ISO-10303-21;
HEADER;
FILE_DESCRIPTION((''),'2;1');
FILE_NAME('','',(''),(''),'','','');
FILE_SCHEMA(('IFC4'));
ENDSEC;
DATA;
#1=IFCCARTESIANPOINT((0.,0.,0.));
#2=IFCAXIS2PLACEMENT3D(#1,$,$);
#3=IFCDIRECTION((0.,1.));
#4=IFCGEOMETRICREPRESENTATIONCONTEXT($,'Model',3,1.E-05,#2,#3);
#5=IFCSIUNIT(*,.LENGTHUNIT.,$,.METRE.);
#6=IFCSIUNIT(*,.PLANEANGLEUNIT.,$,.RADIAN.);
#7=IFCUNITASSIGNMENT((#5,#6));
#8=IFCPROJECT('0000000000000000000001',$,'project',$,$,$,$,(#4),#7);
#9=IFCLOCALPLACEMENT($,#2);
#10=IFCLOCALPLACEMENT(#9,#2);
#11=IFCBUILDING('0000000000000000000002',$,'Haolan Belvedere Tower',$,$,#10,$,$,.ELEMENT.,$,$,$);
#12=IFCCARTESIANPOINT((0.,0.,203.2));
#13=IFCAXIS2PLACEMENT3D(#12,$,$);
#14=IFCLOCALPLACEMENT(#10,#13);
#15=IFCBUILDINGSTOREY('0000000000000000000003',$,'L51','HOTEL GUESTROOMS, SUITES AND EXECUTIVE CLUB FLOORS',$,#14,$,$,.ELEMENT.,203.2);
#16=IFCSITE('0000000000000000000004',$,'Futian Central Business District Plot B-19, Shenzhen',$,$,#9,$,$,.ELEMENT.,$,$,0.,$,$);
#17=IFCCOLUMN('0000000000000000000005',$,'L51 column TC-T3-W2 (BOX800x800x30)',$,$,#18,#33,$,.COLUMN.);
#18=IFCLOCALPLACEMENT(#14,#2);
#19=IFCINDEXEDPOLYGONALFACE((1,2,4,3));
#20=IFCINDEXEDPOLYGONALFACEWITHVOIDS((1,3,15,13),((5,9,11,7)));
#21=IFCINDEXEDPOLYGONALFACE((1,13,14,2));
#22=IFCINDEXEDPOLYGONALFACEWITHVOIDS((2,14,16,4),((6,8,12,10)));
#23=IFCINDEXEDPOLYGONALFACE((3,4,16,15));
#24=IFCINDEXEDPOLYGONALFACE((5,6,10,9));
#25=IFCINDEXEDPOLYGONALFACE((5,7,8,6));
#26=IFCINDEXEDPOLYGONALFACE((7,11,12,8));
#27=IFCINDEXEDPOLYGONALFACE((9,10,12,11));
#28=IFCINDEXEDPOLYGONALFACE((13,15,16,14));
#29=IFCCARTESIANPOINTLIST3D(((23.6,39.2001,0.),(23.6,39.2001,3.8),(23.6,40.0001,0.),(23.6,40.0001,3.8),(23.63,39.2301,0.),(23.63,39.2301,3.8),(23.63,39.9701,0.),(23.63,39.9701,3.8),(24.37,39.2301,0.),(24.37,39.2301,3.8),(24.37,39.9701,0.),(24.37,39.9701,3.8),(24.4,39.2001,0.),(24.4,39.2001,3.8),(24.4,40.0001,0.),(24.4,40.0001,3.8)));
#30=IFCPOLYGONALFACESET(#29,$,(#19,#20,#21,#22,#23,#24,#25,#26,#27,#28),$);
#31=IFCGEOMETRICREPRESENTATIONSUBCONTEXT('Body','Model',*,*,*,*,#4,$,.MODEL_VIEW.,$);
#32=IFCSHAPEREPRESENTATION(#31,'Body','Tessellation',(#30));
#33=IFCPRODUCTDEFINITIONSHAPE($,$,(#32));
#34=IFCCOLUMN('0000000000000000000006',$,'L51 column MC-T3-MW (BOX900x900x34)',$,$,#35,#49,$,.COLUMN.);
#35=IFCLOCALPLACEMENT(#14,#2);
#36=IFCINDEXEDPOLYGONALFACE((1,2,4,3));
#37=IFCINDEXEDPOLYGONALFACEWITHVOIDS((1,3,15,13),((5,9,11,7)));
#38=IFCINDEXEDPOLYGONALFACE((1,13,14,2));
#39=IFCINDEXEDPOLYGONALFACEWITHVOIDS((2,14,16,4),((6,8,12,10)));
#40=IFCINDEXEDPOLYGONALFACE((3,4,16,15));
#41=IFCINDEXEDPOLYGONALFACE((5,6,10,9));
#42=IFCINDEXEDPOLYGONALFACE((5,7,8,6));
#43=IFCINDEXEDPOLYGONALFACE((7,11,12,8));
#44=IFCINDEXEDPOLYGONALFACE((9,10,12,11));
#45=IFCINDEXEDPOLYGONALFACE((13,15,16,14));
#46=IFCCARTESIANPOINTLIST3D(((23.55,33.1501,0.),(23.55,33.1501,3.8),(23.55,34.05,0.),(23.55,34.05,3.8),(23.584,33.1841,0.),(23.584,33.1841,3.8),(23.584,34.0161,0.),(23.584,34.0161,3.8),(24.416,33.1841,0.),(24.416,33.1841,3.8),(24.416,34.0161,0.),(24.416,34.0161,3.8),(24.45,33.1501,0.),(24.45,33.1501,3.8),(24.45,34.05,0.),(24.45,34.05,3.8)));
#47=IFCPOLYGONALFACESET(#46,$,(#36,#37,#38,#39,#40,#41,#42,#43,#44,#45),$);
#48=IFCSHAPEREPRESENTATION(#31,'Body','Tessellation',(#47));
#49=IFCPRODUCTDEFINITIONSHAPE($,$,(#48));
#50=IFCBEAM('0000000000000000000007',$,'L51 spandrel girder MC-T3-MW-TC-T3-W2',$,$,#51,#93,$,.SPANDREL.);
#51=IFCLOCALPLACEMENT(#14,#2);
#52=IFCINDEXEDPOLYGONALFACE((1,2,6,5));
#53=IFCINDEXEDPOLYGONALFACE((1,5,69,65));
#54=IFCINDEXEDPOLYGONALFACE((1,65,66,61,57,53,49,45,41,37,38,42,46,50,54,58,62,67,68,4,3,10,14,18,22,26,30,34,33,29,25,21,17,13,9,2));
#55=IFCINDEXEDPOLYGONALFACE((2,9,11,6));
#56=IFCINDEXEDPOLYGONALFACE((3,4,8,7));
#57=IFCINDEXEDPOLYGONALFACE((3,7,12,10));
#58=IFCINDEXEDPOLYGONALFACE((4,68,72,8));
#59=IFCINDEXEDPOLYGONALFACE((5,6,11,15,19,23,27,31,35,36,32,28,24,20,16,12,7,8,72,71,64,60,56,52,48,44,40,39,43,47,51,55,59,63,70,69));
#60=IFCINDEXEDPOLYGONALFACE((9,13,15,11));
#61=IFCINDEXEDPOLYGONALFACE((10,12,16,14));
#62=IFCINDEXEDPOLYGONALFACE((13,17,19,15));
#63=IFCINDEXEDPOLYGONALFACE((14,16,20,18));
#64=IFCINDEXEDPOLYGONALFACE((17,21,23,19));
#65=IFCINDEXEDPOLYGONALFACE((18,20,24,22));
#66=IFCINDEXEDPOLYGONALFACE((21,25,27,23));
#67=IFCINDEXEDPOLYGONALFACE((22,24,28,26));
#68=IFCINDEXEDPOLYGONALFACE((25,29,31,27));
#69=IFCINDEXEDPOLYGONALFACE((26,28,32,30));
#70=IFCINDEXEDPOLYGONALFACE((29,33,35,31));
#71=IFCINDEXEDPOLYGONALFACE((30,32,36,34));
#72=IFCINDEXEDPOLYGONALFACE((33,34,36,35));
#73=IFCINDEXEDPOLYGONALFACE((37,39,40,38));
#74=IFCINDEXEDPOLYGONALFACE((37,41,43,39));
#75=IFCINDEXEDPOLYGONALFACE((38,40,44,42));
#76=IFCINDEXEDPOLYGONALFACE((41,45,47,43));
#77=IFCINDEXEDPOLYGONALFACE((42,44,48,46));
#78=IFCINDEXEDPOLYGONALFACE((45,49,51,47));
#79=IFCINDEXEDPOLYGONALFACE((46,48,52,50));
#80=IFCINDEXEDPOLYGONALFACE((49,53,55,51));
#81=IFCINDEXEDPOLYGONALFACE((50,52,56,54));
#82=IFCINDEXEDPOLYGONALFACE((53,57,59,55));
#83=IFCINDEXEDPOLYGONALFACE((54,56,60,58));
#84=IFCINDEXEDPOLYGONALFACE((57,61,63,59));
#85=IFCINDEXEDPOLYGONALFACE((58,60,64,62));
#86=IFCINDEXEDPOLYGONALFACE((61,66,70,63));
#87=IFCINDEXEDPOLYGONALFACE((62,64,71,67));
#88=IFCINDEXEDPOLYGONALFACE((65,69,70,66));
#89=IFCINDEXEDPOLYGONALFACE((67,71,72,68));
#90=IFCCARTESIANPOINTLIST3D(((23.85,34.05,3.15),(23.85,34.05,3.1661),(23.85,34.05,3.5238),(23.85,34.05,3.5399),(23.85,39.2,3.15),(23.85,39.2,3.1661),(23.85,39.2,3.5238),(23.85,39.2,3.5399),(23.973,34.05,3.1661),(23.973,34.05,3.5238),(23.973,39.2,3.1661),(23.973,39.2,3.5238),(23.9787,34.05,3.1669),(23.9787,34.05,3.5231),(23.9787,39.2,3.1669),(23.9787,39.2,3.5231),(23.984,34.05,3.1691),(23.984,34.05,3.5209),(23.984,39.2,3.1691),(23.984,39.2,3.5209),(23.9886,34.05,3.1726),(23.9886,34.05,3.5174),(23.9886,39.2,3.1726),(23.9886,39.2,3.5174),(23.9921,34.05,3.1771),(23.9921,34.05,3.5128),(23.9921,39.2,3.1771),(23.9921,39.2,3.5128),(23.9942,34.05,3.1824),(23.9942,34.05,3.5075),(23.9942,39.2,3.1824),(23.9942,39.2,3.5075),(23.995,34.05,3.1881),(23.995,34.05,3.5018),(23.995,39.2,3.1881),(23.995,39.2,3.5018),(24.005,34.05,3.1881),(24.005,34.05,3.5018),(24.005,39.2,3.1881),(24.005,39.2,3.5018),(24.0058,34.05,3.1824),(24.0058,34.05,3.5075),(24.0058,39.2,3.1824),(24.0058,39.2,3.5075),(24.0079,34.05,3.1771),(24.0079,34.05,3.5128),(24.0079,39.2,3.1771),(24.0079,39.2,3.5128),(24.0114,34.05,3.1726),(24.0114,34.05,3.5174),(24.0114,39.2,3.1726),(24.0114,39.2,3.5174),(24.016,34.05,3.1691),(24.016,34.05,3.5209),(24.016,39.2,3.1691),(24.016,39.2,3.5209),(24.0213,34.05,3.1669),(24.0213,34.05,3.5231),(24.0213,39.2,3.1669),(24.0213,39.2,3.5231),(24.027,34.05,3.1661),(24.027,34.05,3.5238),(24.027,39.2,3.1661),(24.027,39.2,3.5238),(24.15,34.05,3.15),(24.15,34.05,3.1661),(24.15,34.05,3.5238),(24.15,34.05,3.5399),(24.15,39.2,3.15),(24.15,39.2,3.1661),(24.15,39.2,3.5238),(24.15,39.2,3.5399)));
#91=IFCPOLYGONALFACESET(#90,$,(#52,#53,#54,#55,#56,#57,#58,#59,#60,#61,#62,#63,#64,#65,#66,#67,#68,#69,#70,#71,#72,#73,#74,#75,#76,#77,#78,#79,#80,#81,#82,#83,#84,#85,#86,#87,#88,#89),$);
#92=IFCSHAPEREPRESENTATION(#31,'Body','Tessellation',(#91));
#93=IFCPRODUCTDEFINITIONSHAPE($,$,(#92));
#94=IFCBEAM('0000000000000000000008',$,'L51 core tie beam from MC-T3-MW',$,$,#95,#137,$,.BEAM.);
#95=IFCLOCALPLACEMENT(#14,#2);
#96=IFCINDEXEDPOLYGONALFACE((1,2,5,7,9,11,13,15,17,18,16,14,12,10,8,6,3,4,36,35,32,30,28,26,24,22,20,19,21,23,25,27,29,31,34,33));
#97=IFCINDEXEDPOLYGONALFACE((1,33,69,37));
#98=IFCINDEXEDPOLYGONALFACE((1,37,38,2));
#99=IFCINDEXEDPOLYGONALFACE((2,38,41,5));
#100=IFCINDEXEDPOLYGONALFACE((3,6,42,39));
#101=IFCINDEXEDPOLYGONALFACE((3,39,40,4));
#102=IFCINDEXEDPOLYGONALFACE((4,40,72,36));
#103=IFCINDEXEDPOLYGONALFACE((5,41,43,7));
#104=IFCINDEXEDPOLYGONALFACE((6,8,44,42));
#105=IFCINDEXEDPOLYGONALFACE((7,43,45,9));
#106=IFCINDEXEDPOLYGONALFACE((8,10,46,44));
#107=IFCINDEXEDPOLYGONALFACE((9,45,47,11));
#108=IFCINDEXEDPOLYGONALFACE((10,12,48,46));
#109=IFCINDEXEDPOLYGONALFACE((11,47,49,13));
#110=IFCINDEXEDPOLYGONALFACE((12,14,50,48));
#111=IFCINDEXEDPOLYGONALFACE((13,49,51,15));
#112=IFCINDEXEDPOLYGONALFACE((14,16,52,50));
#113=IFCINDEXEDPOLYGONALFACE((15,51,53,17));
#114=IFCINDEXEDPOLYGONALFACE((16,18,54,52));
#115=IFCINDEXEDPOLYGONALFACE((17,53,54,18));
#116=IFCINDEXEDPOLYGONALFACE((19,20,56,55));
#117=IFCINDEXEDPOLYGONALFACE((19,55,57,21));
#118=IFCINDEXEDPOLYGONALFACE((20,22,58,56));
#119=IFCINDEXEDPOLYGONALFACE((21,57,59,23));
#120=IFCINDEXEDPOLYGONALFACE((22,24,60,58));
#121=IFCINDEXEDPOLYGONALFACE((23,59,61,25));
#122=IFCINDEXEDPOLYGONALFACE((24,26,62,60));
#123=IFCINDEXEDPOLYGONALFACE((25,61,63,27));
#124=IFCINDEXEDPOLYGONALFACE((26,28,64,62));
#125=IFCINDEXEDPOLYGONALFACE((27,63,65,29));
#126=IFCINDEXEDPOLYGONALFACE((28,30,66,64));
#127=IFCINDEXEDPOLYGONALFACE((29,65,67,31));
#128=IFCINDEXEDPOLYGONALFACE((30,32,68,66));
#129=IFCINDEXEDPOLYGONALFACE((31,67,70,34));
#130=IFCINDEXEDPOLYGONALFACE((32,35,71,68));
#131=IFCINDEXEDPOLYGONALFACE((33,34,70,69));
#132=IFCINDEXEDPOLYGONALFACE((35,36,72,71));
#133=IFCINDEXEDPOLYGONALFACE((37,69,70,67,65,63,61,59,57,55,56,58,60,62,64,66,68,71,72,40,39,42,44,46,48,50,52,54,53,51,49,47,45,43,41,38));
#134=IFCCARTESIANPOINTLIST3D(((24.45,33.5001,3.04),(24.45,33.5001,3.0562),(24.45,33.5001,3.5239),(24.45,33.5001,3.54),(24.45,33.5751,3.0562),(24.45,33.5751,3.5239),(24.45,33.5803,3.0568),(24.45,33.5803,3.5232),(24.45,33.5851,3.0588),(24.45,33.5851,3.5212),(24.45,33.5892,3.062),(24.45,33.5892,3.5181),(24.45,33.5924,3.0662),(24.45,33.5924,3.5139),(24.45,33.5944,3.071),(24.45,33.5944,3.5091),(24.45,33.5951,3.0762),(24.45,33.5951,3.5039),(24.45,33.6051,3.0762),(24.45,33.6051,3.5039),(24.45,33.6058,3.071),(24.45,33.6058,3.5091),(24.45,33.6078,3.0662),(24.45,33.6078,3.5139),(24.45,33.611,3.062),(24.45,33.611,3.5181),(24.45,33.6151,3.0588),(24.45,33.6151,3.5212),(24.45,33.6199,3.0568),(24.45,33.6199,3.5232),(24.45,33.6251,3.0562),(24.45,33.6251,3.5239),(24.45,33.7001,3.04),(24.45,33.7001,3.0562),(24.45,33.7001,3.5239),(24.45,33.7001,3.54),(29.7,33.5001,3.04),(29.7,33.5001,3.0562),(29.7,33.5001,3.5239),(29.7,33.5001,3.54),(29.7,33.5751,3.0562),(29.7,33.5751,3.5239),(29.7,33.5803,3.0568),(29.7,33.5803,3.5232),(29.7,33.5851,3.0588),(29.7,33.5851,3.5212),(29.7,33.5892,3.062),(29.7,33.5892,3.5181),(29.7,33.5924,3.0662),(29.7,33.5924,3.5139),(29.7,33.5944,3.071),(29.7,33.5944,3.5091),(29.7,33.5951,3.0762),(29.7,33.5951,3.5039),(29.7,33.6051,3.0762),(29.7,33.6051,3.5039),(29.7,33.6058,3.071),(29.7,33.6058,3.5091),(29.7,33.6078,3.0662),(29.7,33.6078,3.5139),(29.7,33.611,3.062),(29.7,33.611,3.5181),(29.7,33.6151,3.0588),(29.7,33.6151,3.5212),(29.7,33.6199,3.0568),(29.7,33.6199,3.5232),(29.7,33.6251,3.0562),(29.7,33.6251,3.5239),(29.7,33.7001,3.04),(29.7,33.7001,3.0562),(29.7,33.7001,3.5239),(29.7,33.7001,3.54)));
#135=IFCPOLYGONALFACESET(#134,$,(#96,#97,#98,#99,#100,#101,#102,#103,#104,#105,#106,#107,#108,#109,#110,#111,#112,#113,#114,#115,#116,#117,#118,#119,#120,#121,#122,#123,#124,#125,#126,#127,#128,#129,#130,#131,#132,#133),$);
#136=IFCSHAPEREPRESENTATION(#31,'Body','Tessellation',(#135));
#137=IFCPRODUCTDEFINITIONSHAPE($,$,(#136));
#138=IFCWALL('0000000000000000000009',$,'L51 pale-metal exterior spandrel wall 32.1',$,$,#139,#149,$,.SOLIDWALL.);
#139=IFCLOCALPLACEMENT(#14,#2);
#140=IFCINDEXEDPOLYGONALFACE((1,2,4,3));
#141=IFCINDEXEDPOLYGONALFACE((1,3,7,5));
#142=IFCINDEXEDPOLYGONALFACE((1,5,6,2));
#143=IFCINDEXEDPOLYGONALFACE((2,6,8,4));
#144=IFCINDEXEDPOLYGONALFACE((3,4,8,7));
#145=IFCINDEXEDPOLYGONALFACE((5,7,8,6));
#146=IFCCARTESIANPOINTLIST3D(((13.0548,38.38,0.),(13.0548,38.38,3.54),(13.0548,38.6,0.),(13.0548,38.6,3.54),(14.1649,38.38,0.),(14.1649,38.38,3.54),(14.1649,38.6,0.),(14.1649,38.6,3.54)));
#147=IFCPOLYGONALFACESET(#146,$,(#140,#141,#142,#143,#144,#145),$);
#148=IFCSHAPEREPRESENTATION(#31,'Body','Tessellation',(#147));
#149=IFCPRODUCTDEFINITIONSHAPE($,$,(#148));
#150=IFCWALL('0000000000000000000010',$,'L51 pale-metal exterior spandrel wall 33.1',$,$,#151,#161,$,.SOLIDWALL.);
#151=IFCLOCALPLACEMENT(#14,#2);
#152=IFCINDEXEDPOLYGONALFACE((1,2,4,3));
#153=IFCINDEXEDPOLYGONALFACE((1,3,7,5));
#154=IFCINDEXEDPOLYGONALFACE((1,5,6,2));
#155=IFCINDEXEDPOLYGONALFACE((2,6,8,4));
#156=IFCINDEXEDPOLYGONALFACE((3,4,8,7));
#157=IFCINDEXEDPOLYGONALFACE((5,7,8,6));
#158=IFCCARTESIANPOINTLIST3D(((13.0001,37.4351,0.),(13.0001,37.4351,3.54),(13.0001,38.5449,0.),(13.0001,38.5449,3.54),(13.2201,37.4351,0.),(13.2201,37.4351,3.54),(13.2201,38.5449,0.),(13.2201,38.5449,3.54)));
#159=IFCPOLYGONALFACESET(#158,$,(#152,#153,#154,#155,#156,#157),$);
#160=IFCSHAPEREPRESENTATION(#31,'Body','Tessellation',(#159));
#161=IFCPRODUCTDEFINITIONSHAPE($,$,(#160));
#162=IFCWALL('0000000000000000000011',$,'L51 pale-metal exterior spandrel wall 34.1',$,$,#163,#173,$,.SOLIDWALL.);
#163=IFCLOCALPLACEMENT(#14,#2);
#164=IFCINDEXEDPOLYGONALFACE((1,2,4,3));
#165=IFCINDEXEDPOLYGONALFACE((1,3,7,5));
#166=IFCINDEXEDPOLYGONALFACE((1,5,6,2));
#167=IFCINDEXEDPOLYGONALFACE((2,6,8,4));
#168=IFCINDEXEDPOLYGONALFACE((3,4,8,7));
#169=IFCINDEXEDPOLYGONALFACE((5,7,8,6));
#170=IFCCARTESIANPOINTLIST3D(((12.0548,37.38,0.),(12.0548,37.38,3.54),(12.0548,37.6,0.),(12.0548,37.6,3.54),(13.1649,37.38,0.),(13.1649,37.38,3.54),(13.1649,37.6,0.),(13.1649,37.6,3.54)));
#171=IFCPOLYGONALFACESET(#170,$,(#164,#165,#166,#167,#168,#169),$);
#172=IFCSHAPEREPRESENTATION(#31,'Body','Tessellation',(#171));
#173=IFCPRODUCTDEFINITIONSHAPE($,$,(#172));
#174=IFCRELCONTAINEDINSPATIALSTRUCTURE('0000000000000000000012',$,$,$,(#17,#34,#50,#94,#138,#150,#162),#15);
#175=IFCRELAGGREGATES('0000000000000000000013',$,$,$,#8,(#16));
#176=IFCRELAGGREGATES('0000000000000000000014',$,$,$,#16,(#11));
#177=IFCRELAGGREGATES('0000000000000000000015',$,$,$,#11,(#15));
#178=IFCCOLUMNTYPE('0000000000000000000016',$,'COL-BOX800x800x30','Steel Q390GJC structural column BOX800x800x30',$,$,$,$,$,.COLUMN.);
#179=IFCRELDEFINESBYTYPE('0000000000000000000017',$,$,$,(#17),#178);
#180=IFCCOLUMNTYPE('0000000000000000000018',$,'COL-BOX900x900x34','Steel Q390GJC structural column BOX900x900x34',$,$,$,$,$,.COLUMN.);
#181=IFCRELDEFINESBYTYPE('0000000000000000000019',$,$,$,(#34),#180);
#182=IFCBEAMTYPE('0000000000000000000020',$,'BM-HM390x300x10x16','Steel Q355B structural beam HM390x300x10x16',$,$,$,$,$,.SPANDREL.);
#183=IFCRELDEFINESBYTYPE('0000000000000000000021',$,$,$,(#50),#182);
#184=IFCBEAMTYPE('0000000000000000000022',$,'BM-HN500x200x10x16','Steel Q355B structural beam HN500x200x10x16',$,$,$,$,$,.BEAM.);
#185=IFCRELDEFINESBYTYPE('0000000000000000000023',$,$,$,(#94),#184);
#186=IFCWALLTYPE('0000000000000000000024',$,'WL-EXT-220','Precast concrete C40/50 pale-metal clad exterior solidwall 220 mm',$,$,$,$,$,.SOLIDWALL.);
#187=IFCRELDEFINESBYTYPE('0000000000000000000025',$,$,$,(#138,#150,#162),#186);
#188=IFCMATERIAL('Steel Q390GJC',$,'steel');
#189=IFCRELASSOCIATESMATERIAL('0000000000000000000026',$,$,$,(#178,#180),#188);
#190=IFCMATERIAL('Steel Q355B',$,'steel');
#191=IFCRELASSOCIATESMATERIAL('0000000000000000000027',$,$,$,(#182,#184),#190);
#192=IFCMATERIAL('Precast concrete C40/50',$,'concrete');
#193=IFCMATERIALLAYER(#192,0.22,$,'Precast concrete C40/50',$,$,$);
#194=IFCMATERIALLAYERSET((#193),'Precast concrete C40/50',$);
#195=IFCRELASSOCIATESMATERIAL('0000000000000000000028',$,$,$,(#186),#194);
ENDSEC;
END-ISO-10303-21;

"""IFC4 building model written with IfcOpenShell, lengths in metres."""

from ifc_helpers import new_model, si_unit, direction, frame, frame_2d, origin, origin_2d, place, context, subcontext, project, spatial, rectangle, hollow_rectangle, i_section, extrude, material, layer, layer_set, material_profile, profile_set, type_object, element, save


model = new_model("IFC4")

# Units and contexts
model_context = context("Model", 3, precision=1e-05, world=origin(), true_north=direction((0.0, 1.0)))
body_context = subcontext(model_context, "Body", "Model", "MODEL_VIEW")
ifc_project = project(units=[si_unit("LENGTHUNIT", "METRE"), si_unit("PLANEANGLEUNIT", "RADIAN")], contexts=[model_context])

# Site, building, storey
site_placement = place(None, origin())
site = spatial("IfcSite", under=ifc_project, at=site_placement, Name="Futian Central Business District Plot B-19, Shenzhen", CompositionType="ELEMENT", RefElevation=0.0)
building_placement = place(site_placement, origin())
building = spatial("IfcBuilding", under=site, at=building_placement, Name="Haolan Belvedere Tower", CompositionType="ELEMENT")
storey_placement = place(building_placement, frame((0.0, 0.0, 203.2)))
storey = spatial("IfcBuildingStorey", under=building, at=storey_placement, Name="L51", Description="HOTEL GUESTROOMS, SUITES AND EXECUTIVE CLUB FLOORS", CompositionType="ELEMENT", Elevation=203.2)

# Columns
ifc_material_1 = material(Name="Steel Q390GJC", Category="steel")
ifc_material_profile_1 = material_profile(ifc_material_1, hollow_rectangle(XDim=0.8, YDim=0.8, WallThickness=0.03, at=origin_2d()), Name="Steel Q390GJC")
ifc_profile_set_1 = profile_set([ifc_material_profile_1], Name="Steel Q390GJC")
column_type_1 = type_object("IfcColumnType", Name="COL-BOX800x800x30", Description="Steel Q390GJC structural column BOX800x800x30", PredefinedType="COLUMN", material=ifc_profile_set_1)
column_1_placement = place(storey_placement, frame((24.0, 39.6001, 0.0), z_axis=(0.0, 0.0, 1.0), x_axis=(1.0, 0.0, 0.0)))
element("IfcColumn", 1, at=column_1_placement, inside=storey, type_object=column_type_1, Name="L51 column TC-T3-W2 (BOX800x800x30)", PredefinedType="COLUMN", context=body_context, shape_type="SweptSolid", body=[
    extrude(hollow_rectangle(XDim=0.8, YDim=0.8, WallThickness=0.03, at=origin_2d()), origin(), (0.0, 0.0, 1.0), 3.8),
])
ifc_material_profile_2 = material_profile(ifc_material_1, hollow_rectangle(XDim=0.8999, YDim=0.8999, WallThickness=0.0339, at=origin_2d()), Name="Steel Q390GJC")
ifc_profile_set_2 = profile_set([ifc_material_profile_2], Name="Steel Q390GJC")
column_type_2 = type_object("IfcColumnType", Name="COL-BOX900x900x34", Description="Steel Q390GJC structural column BOX900x900x34", PredefinedType="COLUMN", material=ifc_profile_set_2)
column_2_placement = place(storey_placement, frame((24.0, 33.6001, 0.0), z_axis=(0.0, 0.0, 1.0), x_axis=(1.0, 0.0, 0.0)))
element("IfcColumn", 2, at=column_2_placement, inside=storey, type_object=column_type_2, Name="L51 column MC-T3-MW (BOX900x900x34)", PredefinedType="COLUMN", context=body_context, shape_type="SweptSolid", body=[
    extrude(hollow_rectangle(XDim=0.8999, YDim=0.8999, WallThickness=0.0339, at=origin_2d()), origin(), (0.0, 0.0, 1.0), 3.8),
])

# Beams
ifc_material_2 = material(Name="Steel Q355B", Category="steel")
ifc_material_profile_3 = material_profile(ifc_material_2, i_section(OverallWidth=0.3, OverallDepth=0.3899, WebThickness=0.01, FlangeThickness=0.0161, FilletRadius=0.022, at=origin_2d()), Name="Steel Q355B")
ifc_profile_set_3 = profile_set([ifc_material_profile_3], Name="Steel Q355B")
beam_type_1 = type_object("IfcBeamType", Name="BM-HM390x300x10x16", Description="Steel Q355B structural beam HM390x300x10x16", PredefinedType="SPANDREL", material=ifc_profile_set_3)
beam_1_placement = place(storey_placement, frame((24.0, 34.05, 3.345), z_axis=(0.0, 1.0, 0.0), x_axis=(-1.0, 0.0, 0.0)))
element("IfcBeam", 3, at=beam_1_placement, inside=storey, type_object=beam_type_1, Name="L51 spandrel girder MC-T3-MW-TC-T3-W2", PredefinedType="SPANDREL", context=body_context, shape_type="SweptSolid", body=[
    extrude(i_section(OverallWidth=0.3, OverallDepth=0.3899, WebThickness=0.01, FlangeThickness=0.0161, FilletRadius=0.022, at=origin_2d()), origin(), (0.0, 0.0, 1.0), 5.1499),
])
ifc_material_profile_4 = material_profile(ifc_material_2, i_section(OverallWidth=0.2, OverallDepth=0.5, WebThickness=0.01, FlangeThickness=0.0161, FilletRadius=0.02, at=origin_2d()), Name="Steel Q355B")
ifc_profile_set_4 = profile_set([ifc_material_profile_4], Name="Steel Q355B")
beam_type_2 = type_object("IfcBeamType", Name="BM-HN500x200x10x16", Description="Steel Q355B structural beam HN500x200x10x16", PredefinedType="BEAM", material=ifc_profile_set_4)
beam_2_placement = place(storey_placement, frame((24.45, 33.6001, 3.29), z_axis=(1.0, 0.0, 0.0), x_axis=(0.0, 1.0, 0.0)))
element("IfcBeam", 4, at=beam_2_placement, inside=storey, type_object=beam_type_2, Name="L51 core tie beam from MC-T3-MW", PredefinedType="BEAM", context=body_context, shape_type="SweptSolid", body=[
    extrude(i_section(OverallWidth=0.2, OverallDepth=0.5, WebThickness=0.01, FlangeThickness=0.0161, FilletRadius=0.02, at=origin_2d()), origin(), (0.0, 0.0, 1.0), 5.25),
])

# Walls
ifc_material_3 = material(Name="Precast concrete C40/50", Category="concrete")
ifc_layer_1 = layer(ifc_material_3, 0.22, Name="Precast concrete C40/50")
ifc_layer_set_1 = layer_set([ifc_layer_1], Name="Precast concrete C40/50")
wall_type_1 = type_object("IfcWallType", Name="WL-EXT-220", Description="Precast concrete C40/50 pale-metal clad exterior solidwall 220 mm", PredefinedType="SOLIDWALL", material=ifc_layer_set_1)
wall_1_placement = place(storey_placement, frame((14.165, 38.49, 0.0), z_axis=(0.0, 0.0, 1.0), x_axis=(-1.0, 0.0, 0.0)))
element("IfcWall", 5, at=wall_1_placement, inside=storey, type_object=wall_type_1, Name="L51 pale-metal exterior spandrel wall 32.1", PredefinedType="SOLIDWALL", context=body_context, shape_type="SweptSolid", body=[
    extrude(rectangle(XDim=1.1101, YDim=0.22, at=frame_2d((0.5552, 0.0))), origin(), (0.0, 0.0, 1.0), 3.54),
])
wall_2_placement = place(storey_placement, frame((13.1101, 38.5449, 0.0), z_axis=(0.0, 0.0, 1.0), x_axis=(0.0, -1.0, 0.0)))
element("IfcWall", 6, at=wall_2_placement, inside=storey, type_object=wall_type_1, Name="L51 pale-metal exterior spandrel wall 33.1", PredefinedType="SOLIDWALL", context=body_context, shape_type="SweptSolid", body=[
    extrude(rectangle(XDim=1.1099, YDim=0.22, at=frame_2d((0.5549, 0.0))), origin(), (0.0, 0.0, 1.0), 3.54),
])
wall_3_placement = place(storey_placement, frame((13.165, 37.49, 0.0), z_axis=(0.0, 0.0, 1.0), x_axis=(-1.0, 0.0, 0.0)))
element("IfcWall", 7, at=wall_3_placement, inside=storey, type_object=wall_type_1, Name="L51 pale-metal exterior spandrel wall 34.1", PredefinedType="SOLIDWALL", context=body_context, shape_type="SweptSolid", body=[
    extrude(rectangle(XDim=1.1101, YDim=0.22, at=frame_2d((0.5552, 0.0))), origin(), (0.0, 0.0, 1.0), 3.54),
])

save(model, "model.ifc")
